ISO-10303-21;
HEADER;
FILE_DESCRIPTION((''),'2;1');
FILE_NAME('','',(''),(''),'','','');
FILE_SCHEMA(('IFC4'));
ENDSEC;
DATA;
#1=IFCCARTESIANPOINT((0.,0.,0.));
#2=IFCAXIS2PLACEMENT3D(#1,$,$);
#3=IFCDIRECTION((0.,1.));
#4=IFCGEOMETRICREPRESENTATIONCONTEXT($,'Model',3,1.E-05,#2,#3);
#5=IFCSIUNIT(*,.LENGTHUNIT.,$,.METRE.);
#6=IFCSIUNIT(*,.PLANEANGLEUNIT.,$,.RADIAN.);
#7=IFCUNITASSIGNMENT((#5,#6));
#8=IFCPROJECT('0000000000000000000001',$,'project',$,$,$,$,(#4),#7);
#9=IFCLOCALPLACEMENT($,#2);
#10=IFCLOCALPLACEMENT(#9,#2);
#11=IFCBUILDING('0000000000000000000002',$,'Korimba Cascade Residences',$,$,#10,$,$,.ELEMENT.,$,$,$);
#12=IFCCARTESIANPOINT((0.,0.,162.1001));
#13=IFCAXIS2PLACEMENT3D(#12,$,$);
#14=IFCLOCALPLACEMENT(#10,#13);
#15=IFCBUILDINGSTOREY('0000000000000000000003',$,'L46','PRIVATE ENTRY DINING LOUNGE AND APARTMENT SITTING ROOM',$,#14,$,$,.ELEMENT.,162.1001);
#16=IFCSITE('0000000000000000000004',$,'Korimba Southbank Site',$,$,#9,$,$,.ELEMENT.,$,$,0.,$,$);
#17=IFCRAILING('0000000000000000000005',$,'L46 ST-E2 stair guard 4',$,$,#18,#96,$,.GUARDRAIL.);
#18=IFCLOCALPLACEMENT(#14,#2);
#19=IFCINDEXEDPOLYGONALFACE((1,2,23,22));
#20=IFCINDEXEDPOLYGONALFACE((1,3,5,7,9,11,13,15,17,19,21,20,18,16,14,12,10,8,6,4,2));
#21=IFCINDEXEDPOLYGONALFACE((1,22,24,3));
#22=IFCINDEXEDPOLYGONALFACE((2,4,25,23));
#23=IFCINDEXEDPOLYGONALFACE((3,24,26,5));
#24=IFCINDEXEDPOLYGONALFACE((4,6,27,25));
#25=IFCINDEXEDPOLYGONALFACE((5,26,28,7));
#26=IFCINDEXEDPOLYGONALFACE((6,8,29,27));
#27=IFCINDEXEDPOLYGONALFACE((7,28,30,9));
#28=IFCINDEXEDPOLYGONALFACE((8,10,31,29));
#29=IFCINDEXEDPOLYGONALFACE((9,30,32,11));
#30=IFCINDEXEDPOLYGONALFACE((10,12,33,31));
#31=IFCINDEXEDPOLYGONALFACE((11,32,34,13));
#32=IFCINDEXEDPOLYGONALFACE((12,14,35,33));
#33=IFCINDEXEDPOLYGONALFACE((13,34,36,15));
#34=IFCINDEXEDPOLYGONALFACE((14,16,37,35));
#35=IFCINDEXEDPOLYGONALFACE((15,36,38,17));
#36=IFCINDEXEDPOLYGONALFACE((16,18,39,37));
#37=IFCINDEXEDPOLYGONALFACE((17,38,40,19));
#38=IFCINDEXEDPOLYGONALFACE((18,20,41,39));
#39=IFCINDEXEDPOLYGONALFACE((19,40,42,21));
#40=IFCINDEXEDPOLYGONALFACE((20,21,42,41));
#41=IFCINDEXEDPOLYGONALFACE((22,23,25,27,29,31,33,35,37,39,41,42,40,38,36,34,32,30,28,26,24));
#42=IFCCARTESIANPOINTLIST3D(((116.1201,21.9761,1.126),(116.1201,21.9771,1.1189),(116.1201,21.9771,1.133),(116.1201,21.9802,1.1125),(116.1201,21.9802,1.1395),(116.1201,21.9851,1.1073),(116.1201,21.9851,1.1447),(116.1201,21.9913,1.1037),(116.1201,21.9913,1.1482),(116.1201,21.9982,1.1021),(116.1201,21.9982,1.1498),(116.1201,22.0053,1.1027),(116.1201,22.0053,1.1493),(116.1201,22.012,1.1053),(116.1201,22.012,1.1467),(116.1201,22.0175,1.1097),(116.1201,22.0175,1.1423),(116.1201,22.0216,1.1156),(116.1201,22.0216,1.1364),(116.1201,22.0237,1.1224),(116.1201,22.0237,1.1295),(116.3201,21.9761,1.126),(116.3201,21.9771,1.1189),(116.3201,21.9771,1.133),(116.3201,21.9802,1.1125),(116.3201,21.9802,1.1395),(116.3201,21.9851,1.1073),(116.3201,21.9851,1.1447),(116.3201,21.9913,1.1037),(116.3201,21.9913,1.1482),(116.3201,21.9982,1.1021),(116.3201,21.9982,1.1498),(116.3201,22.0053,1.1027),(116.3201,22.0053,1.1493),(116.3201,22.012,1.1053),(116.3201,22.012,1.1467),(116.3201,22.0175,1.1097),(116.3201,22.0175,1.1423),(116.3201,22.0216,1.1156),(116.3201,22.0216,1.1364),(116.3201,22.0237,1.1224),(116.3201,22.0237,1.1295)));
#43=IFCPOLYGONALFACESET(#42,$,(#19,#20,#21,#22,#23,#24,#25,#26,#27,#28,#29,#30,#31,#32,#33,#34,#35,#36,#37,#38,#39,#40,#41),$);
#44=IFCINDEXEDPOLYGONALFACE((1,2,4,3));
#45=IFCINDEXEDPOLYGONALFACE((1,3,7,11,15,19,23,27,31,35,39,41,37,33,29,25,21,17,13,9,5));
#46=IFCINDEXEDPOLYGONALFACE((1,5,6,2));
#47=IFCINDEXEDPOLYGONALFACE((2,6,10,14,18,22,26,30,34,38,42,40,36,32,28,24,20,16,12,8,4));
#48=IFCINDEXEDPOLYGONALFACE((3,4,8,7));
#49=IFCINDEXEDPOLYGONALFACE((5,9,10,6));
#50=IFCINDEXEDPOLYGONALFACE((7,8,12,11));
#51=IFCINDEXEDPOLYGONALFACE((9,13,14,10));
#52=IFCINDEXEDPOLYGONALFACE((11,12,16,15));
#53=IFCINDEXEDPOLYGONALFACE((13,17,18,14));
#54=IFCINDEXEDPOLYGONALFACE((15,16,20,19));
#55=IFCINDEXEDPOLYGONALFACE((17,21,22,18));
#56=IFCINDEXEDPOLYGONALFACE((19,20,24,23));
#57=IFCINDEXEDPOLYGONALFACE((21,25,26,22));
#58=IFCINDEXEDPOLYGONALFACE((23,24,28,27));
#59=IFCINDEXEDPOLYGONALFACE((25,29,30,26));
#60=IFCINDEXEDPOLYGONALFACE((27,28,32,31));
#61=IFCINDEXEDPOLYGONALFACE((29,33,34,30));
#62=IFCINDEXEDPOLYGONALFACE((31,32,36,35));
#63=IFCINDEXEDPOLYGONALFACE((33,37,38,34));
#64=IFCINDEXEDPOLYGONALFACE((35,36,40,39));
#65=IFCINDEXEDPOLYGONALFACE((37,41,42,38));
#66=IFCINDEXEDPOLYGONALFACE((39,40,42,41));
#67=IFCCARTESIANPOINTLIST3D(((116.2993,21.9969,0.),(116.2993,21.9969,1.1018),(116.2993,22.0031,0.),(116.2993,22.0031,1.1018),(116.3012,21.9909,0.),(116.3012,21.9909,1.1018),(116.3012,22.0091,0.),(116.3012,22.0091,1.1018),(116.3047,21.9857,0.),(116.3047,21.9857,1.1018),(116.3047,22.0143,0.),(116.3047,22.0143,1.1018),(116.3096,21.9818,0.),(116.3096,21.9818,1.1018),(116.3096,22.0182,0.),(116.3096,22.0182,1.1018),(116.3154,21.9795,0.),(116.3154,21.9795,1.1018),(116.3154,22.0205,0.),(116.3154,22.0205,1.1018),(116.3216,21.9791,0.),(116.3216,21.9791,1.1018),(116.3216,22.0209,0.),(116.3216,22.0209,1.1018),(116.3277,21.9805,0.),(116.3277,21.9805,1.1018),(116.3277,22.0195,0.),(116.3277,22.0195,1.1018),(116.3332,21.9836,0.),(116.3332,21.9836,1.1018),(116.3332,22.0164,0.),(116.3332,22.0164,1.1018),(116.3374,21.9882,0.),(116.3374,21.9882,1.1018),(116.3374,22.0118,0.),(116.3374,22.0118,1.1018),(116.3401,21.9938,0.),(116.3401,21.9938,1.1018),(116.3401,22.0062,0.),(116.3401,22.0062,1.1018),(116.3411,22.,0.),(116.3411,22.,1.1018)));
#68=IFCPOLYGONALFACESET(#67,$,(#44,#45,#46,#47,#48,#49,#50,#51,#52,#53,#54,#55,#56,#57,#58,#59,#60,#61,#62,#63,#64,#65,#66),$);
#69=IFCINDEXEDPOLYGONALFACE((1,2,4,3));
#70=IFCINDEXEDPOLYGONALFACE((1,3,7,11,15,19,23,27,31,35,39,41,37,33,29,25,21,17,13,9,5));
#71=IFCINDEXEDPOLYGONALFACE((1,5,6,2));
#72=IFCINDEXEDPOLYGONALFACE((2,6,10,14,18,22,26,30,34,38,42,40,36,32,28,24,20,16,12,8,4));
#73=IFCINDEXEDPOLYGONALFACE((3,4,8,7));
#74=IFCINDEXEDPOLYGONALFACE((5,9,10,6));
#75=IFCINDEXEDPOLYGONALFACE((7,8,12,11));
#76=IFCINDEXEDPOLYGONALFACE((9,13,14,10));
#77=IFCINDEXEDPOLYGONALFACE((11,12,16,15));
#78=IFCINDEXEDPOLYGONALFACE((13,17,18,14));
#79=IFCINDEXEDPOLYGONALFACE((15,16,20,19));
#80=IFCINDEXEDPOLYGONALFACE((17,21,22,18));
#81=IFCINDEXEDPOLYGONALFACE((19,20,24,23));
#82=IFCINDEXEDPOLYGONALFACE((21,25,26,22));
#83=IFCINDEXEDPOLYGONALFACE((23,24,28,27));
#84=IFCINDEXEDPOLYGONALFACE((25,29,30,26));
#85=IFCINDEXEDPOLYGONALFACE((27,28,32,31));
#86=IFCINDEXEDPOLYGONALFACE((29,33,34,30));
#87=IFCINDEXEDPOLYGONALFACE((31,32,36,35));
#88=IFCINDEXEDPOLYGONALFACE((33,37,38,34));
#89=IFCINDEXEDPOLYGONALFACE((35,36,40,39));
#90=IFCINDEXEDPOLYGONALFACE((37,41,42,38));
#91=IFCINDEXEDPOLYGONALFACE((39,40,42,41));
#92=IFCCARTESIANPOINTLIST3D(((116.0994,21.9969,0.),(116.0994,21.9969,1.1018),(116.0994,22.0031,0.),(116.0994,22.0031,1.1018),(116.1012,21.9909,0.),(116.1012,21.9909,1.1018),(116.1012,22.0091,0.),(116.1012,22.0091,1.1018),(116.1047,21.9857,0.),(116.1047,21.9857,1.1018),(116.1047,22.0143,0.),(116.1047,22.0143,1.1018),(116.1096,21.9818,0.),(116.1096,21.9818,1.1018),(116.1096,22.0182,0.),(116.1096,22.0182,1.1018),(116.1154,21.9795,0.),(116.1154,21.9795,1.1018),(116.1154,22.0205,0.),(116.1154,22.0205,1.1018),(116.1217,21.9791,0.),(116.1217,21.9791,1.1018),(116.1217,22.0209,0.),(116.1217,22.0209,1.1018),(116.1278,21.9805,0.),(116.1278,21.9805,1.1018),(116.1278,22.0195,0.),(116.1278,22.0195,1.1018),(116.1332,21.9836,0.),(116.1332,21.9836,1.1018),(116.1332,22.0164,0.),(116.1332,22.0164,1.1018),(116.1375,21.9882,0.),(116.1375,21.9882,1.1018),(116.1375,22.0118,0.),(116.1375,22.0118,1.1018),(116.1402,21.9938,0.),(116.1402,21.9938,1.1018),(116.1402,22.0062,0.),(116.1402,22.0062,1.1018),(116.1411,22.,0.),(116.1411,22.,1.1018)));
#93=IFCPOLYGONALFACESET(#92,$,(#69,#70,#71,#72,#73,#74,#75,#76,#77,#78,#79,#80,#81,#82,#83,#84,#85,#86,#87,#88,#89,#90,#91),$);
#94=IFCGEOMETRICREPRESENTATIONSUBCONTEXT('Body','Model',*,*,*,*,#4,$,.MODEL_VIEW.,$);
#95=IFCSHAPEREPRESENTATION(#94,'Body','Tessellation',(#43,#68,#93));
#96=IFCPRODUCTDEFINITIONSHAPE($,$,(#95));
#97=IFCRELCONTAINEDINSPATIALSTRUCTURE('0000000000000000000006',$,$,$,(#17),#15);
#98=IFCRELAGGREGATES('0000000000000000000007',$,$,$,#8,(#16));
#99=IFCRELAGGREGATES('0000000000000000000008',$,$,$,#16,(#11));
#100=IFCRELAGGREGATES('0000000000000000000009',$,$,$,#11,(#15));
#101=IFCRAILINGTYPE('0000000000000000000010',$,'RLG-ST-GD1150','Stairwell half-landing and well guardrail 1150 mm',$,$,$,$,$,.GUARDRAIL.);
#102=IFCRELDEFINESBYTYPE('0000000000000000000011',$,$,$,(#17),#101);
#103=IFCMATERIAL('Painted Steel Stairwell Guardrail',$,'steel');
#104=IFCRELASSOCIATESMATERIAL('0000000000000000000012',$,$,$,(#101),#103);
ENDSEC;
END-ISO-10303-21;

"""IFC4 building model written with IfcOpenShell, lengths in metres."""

from ifc_helpers import new_model, si_unit, direction, frame, origin, origin_2d, place, context, subcontext, project, spatial, circle, extrude, material, type_object, element, save


model = new_model("IFC4")

# Units and contexts
model_context = context("Model", 3, precision=1e-05, world=origin(), true_north=direction((0.0, 1.0)))
body_context = subcontext(model_context, "Body", "Model", "MODEL_VIEW")
ifc_project = project(units=[si_unit("LENGTHUNIT", "METRE"), si_unit("PLANEANGLEUNIT", "RADIAN")], contexts=[model_context])

# Site, building, storey
site_placement = place(None, origin())
site = spatial("IfcSite", under=ifc_project, at=site_placement, Name="Korimba Southbank Site", CompositionType="ELEMENT", RefElevation=0.0)
building_placement = place(site_placement, origin())
building = spatial("IfcBuilding", under=site, at=building_placement, Name="Korimba Cascade Residences", CompositionType="ELEMENT")
storey_placement = place(building_placement, frame((0.0, 0.0, 162.1001)))
storey = spatial("IfcBuildingStorey", under=building, at=storey_placement, Name="L46", Description="PRIVATE ENTRY DINING LOUNGE AND APARTMENT SITTING ROOM", CompositionType="ELEMENT", Elevation=162.1001)

# Railing
ifc_material_1 = material(Name="Painted Steel Stairwell Guardrail", Category="steel")
railing_type_1 = type_object("IfcRailingType", Name="RLG-ST-GD1150", Description="Stairwell half-landing and well guardrail 1150 mm", PredefinedType="GUARDRAIL", material=ifc_material_1)
railing_1_placement = place(storey_placement, frame((116.3201, 22.0, 0.0)))
element("IfcRailing", 1, at=railing_1_placement, inside=storey, type_object=railing_type_1, Name="L46 ST-E2 stair guard 4", PredefinedType="GUARDRAIL", context=body_context, shape_type="SweptSolid", body=[
    extrude(circle(Radius=0.0239, at=origin_2d()), frame((0.0, 0.0, 1.126), z_axis=(-1.0, 0.0, 0.0), x_axis=(0.0, -1.0, 0.0)), (0.0, 0.0, 1.0), 0.2),
    extrude(circle(Radius=0.021, at=origin_2d()), origin(), (0.0, 0.0, 1.0), 1.1018),
    extrude(circle(Radius=0.021, at=origin_2d()), frame((-0.2, 0.0, 0.0)), (0.0, 0.0, 1.0), 1.1018),
])

save(model, "model.ifc")
